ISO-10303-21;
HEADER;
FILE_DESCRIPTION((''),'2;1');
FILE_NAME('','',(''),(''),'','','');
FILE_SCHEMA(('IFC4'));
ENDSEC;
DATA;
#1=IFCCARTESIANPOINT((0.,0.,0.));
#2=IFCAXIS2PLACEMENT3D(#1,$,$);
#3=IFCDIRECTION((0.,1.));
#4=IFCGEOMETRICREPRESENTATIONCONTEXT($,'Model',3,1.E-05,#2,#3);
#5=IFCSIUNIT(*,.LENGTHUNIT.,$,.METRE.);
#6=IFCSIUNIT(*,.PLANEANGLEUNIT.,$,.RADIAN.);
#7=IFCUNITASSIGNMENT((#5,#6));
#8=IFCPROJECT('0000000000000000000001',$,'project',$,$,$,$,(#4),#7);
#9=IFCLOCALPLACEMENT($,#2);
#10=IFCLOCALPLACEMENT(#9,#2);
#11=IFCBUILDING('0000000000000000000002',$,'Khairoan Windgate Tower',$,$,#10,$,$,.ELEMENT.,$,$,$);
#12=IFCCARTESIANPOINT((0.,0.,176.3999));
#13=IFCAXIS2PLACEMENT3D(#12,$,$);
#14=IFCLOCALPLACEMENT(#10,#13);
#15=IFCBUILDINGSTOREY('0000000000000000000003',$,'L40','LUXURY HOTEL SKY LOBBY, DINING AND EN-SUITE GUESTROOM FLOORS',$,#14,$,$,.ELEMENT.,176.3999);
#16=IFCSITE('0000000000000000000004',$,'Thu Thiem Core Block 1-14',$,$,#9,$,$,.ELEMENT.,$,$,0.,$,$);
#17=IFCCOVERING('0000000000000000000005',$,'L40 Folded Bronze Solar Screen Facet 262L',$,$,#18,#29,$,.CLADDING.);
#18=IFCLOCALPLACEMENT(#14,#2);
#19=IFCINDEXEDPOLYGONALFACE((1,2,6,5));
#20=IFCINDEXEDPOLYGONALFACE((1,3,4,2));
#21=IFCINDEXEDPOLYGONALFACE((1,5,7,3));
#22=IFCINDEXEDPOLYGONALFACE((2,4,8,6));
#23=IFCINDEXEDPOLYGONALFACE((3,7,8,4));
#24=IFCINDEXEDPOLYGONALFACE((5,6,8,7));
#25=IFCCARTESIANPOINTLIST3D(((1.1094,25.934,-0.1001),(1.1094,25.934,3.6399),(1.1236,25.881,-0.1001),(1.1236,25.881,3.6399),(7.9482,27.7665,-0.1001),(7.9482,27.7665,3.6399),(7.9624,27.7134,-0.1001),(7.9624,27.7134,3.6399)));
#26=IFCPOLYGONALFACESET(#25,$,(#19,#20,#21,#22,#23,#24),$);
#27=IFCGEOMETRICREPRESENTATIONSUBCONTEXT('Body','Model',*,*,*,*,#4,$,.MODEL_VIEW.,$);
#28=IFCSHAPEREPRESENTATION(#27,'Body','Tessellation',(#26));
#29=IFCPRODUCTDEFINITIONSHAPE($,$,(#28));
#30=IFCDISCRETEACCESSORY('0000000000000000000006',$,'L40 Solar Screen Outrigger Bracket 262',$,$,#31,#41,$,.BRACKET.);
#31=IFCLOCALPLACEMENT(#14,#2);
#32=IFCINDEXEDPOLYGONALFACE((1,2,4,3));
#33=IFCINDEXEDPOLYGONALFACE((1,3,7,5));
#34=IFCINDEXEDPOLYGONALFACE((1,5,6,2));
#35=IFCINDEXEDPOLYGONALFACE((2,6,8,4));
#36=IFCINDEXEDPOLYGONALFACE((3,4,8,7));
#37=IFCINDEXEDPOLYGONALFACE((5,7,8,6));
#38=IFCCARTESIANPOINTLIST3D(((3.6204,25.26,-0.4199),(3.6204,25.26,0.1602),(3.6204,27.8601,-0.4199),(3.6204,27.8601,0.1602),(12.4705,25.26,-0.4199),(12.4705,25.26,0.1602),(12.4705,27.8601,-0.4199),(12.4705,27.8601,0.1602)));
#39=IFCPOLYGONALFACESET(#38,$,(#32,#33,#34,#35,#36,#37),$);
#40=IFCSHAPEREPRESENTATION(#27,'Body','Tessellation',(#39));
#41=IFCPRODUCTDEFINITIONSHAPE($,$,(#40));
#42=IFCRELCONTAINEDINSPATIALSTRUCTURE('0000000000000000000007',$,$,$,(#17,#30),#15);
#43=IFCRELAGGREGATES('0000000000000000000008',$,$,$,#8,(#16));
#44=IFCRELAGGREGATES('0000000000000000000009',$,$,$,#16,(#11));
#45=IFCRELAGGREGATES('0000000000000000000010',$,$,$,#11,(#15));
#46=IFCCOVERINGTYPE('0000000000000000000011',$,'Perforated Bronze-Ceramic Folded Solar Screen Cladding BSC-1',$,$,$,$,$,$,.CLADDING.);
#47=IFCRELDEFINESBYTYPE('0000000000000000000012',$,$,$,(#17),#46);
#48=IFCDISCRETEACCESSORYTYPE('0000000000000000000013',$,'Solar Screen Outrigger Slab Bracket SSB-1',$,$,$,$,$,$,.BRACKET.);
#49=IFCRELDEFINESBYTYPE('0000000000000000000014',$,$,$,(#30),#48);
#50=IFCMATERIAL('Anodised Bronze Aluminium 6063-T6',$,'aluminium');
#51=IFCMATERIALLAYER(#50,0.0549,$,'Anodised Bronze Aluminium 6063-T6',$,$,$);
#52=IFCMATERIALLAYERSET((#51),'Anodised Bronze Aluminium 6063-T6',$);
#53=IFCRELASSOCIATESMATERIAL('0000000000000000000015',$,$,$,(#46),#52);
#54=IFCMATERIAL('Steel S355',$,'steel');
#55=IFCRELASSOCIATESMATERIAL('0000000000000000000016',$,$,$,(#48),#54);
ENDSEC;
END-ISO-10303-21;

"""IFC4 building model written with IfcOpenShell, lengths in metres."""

from ifc_helpers import new_model, si_unit, direction, frame, origin, origin_2d, place, context, subcontext, project, spatial, rectangle, extrude, material, layer, layer_set, type_object, element, save


model = new_model("IFC4")

# Units and contexts
model_context = context("Model", 3, precision=1e-05, world=origin(), true_north=direction((0.0, 1.0)))
body_context = subcontext(model_context, "Body", "Model", "MODEL_VIEW")
ifc_project = project(units=[si_unit("LENGTHUNIT", "METRE"), si_unit("PLANEANGLEUNIT", "RADIAN")], contexts=[model_context])

# Site, building, storey
site_placement = place(None, origin())
site = spatial("IfcSite", under=ifc_project, at=site_placement, Name="Thu Thiem Core Block 1-14", CompositionType="ELEMENT", RefElevation=0.0)
building_placement = place(site_placement, origin())
building = spatial("IfcBuilding", under=site, at=building_placement, Name="Khairoan Windgate Tower", CompositionType="ELEMENT")
storey_placement = place(building_placement, frame((0.0, 0.0, 176.3999)))
storey = spatial("IfcBuildingStorey", under=building, at=storey_placement, Name="L40", Description="LUXURY HOTEL SKY LOBBY, DINING AND EN-SUITE GUESTROOM FLOORS", CompositionType="ELEMENT", Elevation=176.3999)

# Covering
ifc_material_1 = material(Name="Anodised Bronze Aluminium 6063-T6", Category="aluminium")
ifc_layer_1 = layer(ifc_material_1, 0.0549, Name="Anodised Bronze Aluminium 6063-T6")
ifc_layer_set_1 = layer_set([ifc_layer_1], Name="Anodised Bronze Aluminium 6063-T6")
covering_type = type_object("IfcCoveringType", Name="Perforated Bronze-Ceramic Folded Solar Screen Cladding BSC-1", PredefinedType="CLADDING", material=ifc_layer_set_1)
covering_placement = place(storey_placement, frame((4.5359, 26.8237, -0.1001), z_axis=(0.0, 0.0, 1.0), x_axis=(0.965926, 0.258819, 0.0)))
element("IfcCovering", 1, at=covering_placement, inside=storey, type_object=covering_type, Name="L40 Folded Bronze Solar Screen Facet 262L", PredefinedType="CLADDING", context=body_context, shape_type="SweptSolid", body=[
    extrude(rectangle(XDim=7.0801, YDim=0.0549, at=origin_2d()), origin(), (0.0, 0.0, 1.0), 3.74),
])

# Discrete accessory
ifc_material_2 = material(Name="Steel S355", Category="steel")
discrete_accessory_type = type_object("IfcDiscreteAccessoryType", Name="Solar Screen Outrigger Slab Bracket SSB-1", PredefinedType="BRACKET", material=ifc_material_2)
discrete_accessory_placement = place(storey_placement, frame((8.0454, 26.5601, -0.4199), z_axis=(0.0, 0.0, 1.0), x_axis=(1.0, 0.0, 0.0)))
element("IfcDiscreteAccessory", 2, at=discrete_accessory_placement, inside=storey, type_object=discrete_accessory_type, Name="L40 Solar Screen Outrigger Bracket 262", PredefinedType="BRACKET", context=body_context, shape_type="SweptSolid", body=[
    extrude(rectangle(XDim=8.8501, YDim=2.6001, at=origin_2d()), origin(), (0.0, 0.0, 1.0), 0.5801),
])

save(model, "model.ifc")
